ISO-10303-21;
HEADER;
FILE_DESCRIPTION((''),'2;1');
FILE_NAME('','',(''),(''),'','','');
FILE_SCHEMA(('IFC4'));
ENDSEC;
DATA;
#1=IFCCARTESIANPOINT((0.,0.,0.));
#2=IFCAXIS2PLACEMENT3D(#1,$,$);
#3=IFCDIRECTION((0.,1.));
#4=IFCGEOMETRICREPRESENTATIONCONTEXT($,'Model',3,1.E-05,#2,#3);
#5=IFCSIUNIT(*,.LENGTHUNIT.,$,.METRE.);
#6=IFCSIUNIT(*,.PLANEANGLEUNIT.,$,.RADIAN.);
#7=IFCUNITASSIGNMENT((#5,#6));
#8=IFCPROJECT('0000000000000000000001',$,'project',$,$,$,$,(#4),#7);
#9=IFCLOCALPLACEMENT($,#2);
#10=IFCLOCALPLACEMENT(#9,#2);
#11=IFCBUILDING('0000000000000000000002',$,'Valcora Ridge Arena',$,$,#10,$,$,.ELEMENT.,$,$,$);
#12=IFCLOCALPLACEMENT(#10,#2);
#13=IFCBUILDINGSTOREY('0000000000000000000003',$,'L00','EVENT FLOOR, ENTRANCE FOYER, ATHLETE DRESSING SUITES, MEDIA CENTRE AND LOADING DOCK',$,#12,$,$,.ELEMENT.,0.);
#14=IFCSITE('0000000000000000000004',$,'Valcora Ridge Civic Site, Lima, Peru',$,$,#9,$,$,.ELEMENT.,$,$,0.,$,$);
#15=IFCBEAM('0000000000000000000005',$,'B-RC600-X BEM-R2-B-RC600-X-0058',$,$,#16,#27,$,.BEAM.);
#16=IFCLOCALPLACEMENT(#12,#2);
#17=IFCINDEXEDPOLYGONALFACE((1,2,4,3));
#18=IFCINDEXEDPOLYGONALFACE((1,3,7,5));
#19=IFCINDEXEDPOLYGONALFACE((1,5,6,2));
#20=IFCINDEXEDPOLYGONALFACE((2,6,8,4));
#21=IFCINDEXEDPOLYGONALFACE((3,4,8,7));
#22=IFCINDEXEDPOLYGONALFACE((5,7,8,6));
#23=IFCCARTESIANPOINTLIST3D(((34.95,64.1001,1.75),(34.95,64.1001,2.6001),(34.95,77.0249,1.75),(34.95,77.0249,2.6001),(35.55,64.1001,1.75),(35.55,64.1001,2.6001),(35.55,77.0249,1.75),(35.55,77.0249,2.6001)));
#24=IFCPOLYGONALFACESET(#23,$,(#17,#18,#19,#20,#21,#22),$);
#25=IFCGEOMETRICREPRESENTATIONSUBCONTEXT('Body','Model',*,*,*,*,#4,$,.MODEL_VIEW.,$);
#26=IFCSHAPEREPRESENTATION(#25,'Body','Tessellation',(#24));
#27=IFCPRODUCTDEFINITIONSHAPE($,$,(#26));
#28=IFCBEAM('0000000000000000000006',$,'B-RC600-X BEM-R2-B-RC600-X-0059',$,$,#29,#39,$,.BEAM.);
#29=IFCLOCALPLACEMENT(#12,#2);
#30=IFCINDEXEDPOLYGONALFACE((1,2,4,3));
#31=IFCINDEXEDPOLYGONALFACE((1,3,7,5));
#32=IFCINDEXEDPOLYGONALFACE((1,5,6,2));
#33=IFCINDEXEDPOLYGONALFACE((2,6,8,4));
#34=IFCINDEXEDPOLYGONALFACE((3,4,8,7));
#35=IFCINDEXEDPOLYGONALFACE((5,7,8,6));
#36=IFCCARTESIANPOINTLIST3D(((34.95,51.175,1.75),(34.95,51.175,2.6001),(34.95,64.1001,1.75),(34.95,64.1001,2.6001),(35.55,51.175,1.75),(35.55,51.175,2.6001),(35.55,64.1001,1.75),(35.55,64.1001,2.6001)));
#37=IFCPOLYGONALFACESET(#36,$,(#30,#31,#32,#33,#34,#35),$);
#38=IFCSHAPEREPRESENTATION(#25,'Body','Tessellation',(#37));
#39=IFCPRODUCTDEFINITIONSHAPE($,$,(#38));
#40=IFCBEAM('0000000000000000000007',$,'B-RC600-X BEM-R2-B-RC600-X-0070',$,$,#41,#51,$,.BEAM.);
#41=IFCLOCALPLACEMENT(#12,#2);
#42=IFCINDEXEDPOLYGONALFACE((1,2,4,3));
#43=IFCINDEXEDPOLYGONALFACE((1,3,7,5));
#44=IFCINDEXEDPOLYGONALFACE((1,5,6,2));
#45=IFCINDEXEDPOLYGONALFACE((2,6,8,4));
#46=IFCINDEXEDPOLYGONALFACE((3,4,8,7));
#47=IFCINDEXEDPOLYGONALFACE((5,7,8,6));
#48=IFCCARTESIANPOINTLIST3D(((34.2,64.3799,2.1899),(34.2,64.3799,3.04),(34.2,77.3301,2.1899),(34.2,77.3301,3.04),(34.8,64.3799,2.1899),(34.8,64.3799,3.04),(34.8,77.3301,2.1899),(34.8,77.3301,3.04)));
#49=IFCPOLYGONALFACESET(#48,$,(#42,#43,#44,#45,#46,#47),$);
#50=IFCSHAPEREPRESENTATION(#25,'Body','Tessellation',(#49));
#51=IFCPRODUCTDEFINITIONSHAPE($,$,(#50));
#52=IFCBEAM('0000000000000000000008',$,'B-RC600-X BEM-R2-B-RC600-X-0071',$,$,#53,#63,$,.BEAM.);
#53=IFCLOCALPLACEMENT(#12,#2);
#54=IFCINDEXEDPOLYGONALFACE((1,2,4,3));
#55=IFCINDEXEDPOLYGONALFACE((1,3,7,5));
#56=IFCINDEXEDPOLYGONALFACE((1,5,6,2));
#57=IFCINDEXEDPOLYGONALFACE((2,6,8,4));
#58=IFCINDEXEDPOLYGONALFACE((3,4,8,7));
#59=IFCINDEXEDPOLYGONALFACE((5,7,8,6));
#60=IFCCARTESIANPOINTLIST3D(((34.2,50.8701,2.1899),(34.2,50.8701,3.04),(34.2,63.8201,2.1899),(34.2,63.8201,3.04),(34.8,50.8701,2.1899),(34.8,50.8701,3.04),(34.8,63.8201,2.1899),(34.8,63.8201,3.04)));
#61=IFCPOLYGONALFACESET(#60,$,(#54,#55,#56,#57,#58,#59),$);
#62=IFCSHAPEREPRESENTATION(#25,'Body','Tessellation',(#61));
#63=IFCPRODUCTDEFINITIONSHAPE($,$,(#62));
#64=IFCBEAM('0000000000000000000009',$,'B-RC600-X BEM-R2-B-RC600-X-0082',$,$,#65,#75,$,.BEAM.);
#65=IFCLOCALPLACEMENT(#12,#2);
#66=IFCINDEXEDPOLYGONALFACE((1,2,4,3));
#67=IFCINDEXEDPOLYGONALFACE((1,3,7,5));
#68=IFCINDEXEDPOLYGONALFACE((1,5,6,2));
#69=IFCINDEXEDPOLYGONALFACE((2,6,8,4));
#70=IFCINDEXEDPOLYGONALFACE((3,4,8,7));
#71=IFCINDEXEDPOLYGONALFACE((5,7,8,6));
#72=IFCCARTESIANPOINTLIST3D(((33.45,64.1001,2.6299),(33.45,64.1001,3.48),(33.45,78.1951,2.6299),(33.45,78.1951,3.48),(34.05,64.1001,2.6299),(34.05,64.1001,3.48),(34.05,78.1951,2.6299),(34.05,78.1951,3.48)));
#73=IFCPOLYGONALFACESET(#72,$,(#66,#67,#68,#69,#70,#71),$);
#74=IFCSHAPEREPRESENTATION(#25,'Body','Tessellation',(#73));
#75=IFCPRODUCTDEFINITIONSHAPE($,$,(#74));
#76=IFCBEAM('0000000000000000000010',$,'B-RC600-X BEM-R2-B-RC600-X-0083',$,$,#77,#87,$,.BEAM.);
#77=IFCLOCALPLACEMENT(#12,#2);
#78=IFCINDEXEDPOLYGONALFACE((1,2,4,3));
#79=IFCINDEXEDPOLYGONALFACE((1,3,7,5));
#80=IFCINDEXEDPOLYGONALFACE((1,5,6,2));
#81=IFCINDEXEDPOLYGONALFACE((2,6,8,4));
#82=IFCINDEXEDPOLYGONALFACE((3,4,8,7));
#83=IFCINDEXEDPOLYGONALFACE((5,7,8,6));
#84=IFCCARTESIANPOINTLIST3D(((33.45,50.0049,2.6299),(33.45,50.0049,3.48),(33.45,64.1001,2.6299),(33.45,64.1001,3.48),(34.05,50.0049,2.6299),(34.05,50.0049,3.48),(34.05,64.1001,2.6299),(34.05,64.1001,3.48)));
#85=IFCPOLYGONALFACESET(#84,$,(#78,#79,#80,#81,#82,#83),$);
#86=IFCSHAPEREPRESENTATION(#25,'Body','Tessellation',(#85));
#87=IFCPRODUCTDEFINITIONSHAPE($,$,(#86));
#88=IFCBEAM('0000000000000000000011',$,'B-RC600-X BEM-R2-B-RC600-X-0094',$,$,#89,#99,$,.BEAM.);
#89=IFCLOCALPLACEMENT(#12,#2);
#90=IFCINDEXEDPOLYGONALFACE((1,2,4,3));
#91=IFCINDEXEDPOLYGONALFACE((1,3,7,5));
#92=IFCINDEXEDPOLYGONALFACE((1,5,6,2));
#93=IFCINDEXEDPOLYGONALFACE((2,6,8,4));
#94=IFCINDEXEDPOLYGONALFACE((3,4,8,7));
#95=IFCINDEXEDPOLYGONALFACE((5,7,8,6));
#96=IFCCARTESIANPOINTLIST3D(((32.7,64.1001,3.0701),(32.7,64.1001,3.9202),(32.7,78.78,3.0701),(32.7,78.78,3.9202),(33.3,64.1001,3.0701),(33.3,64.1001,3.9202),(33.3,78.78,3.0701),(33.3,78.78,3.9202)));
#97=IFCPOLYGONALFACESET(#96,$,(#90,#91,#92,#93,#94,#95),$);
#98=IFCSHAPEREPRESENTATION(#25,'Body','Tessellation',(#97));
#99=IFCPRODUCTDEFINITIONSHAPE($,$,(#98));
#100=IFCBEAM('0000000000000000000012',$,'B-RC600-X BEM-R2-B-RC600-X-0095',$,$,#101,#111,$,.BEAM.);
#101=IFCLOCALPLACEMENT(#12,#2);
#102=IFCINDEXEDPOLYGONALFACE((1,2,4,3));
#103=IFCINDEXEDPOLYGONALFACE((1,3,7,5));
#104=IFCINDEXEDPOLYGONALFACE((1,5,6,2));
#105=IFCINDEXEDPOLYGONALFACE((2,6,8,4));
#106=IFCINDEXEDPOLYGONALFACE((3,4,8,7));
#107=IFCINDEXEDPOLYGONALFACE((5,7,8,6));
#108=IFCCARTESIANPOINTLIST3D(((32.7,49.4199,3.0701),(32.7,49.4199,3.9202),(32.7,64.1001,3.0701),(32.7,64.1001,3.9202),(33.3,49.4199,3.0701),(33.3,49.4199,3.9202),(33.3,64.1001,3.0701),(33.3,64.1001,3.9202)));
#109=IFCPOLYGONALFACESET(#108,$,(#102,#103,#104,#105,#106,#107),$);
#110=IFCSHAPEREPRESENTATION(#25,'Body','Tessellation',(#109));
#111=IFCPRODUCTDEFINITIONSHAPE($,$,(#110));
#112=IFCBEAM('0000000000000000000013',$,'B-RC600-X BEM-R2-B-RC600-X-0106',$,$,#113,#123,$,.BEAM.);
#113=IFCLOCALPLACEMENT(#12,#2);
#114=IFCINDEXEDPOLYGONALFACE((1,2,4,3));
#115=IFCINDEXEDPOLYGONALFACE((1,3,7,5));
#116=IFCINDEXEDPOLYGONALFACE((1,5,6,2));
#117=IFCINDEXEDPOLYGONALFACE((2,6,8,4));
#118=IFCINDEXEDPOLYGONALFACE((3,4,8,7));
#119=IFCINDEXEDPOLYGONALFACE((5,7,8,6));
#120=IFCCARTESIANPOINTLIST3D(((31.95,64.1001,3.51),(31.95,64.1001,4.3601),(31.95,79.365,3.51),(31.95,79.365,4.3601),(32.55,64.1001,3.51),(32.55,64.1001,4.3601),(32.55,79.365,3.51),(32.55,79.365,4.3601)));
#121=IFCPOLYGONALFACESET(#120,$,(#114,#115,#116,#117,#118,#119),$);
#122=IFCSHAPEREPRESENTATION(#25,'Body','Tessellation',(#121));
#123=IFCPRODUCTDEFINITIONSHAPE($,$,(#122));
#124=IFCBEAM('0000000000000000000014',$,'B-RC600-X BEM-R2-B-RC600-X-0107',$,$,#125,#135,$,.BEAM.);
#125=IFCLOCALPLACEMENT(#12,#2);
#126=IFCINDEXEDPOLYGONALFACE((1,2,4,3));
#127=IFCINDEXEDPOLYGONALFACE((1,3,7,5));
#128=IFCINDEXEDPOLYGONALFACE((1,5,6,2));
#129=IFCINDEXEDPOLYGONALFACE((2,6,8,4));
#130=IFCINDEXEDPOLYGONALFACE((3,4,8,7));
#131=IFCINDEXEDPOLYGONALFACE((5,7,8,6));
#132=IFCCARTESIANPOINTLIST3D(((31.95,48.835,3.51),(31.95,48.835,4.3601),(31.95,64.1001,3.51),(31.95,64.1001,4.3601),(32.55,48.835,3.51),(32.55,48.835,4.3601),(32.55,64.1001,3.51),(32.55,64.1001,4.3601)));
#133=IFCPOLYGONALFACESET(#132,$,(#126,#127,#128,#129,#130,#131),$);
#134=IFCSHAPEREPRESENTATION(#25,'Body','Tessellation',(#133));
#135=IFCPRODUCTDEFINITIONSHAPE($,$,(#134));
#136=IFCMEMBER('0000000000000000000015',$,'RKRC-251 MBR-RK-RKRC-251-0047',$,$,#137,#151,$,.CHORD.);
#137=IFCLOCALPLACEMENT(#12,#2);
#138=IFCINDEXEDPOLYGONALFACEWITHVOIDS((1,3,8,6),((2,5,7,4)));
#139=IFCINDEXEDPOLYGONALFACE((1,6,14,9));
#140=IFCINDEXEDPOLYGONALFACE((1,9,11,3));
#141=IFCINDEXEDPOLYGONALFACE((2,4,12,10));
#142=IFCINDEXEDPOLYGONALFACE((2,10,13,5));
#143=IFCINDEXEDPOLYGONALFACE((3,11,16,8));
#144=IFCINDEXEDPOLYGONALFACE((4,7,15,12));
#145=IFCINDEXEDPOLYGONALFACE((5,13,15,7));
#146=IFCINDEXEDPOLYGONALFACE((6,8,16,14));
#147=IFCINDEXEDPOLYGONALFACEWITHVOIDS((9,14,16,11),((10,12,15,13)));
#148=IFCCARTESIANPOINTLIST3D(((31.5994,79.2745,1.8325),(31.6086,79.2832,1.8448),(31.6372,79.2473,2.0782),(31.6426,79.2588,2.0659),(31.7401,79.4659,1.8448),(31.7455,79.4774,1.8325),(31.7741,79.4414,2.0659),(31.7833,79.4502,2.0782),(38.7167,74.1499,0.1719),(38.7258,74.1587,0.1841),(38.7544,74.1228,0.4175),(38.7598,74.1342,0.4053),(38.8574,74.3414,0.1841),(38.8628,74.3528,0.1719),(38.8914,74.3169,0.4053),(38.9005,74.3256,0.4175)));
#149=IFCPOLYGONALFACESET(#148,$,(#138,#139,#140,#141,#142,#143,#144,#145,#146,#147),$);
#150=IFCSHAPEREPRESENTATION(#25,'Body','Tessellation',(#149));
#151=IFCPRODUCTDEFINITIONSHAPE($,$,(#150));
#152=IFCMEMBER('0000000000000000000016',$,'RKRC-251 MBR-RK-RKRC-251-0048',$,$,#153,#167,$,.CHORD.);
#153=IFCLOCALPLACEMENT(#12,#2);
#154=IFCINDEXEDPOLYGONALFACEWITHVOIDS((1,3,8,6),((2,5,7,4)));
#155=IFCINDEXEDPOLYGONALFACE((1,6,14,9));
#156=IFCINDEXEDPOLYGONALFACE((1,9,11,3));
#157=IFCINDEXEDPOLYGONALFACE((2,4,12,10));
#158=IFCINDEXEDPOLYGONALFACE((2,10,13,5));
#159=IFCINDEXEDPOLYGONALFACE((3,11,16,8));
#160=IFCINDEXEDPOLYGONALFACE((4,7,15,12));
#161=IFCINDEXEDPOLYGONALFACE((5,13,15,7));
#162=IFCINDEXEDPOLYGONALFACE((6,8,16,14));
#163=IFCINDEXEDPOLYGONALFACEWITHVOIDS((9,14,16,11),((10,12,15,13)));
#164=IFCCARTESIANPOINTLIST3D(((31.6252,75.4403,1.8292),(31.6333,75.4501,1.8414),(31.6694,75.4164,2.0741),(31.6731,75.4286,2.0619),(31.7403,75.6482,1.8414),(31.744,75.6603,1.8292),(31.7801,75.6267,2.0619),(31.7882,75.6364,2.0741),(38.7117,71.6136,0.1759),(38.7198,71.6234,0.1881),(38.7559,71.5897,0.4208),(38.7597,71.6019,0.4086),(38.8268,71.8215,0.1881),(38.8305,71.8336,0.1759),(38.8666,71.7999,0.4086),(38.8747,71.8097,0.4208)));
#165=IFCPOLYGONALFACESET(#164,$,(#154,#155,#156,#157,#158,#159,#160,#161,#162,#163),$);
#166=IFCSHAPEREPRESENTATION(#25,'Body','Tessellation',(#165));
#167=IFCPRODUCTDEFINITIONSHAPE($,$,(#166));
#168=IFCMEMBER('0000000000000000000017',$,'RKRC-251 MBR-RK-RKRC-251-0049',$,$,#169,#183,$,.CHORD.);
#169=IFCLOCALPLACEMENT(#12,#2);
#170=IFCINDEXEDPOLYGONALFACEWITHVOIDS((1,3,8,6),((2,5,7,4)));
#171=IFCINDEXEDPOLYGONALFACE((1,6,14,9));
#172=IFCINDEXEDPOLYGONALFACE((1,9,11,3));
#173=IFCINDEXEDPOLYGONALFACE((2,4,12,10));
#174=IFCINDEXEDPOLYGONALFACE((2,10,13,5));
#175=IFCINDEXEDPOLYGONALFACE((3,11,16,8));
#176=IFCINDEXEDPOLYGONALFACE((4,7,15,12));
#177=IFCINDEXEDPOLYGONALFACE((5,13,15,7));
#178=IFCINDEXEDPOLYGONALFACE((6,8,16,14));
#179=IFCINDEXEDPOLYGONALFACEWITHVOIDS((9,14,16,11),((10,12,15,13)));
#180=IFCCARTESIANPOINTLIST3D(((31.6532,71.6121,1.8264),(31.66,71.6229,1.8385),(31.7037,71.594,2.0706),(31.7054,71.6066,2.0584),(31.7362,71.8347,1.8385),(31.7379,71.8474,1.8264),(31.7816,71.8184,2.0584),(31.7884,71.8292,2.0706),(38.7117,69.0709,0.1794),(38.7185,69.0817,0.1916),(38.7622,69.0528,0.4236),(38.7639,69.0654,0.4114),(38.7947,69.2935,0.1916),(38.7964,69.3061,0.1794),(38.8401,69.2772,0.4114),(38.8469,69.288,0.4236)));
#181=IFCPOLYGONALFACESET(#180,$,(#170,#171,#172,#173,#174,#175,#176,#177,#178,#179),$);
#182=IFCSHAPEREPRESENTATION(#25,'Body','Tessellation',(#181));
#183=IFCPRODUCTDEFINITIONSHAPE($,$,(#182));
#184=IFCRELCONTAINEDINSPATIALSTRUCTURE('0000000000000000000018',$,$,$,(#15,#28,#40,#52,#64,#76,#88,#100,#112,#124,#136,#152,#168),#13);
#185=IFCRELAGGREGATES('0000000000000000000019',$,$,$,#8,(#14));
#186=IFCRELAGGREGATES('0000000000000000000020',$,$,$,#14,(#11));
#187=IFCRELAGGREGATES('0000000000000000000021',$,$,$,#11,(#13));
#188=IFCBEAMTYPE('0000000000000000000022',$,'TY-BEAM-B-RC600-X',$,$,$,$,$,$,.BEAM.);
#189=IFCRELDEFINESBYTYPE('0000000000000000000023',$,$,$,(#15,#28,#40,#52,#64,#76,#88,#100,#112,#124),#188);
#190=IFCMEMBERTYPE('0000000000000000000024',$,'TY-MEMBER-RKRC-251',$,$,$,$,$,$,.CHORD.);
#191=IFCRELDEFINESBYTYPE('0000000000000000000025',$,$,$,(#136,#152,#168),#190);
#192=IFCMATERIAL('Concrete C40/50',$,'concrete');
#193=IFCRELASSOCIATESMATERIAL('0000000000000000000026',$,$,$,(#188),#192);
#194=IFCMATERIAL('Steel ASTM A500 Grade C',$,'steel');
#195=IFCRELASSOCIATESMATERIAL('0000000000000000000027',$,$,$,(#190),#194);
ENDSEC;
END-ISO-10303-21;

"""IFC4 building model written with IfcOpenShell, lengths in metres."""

from ifc_helpers import new_model, si_unit, direction, frame, origin, origin_2d, place, context, subcontext, project, spatial, rectangle, hollow_rectangle, extrude, material, material_profile, profile_set, type_object, element, save


model = new_model("IFC4")

# Units and contexts
model_context = context("Model", 3, precision=1e-05, world=origin(), true_north=direction((0.0, 1.0)))
body_context = subcontext(model_context, "Body", "Model", "MODEL_VIEW")
ifc_project = project(units=[si_unit("LENGTHUNIT", "METRE"), si_unit("PLANEANGLEUNIT", "RADIAN")], contexts=[model_context])

# Site, building, storey
site_placement = place(None, origin())
site = spatial("IfcSite", under=ifc_project, at=site_placement, Name="Valcora Ridge Civic Site, Lima, Peru", CompositionType="ELEMENT", RefElevation=0.0)
building_placement = place(site_placement, origin())
building = spatial("IfcBuilding", under=site, at=building_placement, Name="Valcora Ridge Arena", CompositionType="ELEMENT")
storey_placement = place(building_placement, origin())
storey = spatial("IfcBuildingStorey", under=building, at=storey_placement, Name="L00", Description="EVENT FLOOR, ENTRANCE FOYER, ATHLETE DRESSING SUITES, MEDIA CENTRE AND LOADING DOCK", CompositionType="ELEMENT", Elevation=0.0)

# Shared definitions
ifc_material_1 = material(Name="Concrete C40/50", Category="concrete")

# Beams
ifc_material_profile_1 = material_profile(ifc_material_1, rectangle(XDim=0.6001, YDim=0.8501, at=origin_2d()), Name="RC 600x850")
ifc_profile_set_1 = profile_set([ifc_material_profile_1], Name="Concrete C40/50")
beam_type = type_object("IfcBeamType", Name="TY-BEAM-B-RC600-X", PredefinedType="BEAM", material=ifc_profile_set_1)
beam_1_placement = place(storey_placement, frame((35.25, 77.0249, 2.175), z_axis=(0.0, -1.0, 0.0), x_axis=(1.0, 0.0, 0.0)))
element("IfcBeam", 1, at=beam_1_placement, inside=storey, type_object=beam_type, Name="B-RC600-X BEM-R2-B-RC600-X-0058", PredefinedType="BEAM", context=body_context, shape_type="SweptSolid", body=[
    extrude(rectangle(XDim=0.6001, YDim=0.8501, at=origin_2d()), origin(), (0.0, 0.0, 1.0), 12.9248),
])
beam_2_placement = place(storey_placement, frame((35.25, 64.1001, 2.175), z_axis=(0.0, -1.0, 0.0), x_axis=(1.0, 0.0, 0.0)))
element("IfcBeam", 2, at=beam_2_placement, inside=storey, type_object=beam_type, Name="B-RC600-X BEM-R2-B-RC600-X-0059", PredefinedType="BEAM", context=body_context, shape_type="SweptSolid", body=[
    extrude(rectangle(XDim=0.6001, YDim=0.8501, at=origin_2d()), origin(), (0.0, 0.0, 1.0), 12.925),
])
beam_3_placement = place(storey_placement, frame((34.5, 77.3301, 2.615), z_axis=(0.0, -1.0, 0.0), x_axis=(1.0, 0.0, 0.0)))
element("IfcBeam", 3, at=beam_3_placement, inside=storey, type_object=beam_type, Name="B-RC600-X BEM-R2-B-RC600-X-0070", PredefinedType="BEAM", context=body_context, shape_type="SweptSolid", body=[
    extrude(rectangle(XDim=0.6001, YDim=0.8501, at=origin_2d()), origin(), (0.0, 0.0, 1.0), 12.9502),
])
beam_4_placement = place(storey_placement, frame((34.5, 63.8201, 2.615), z_axis=(0.0, -1.0, 0.0), x_axis=(1.0, 0.0, 0.0)))
element("IfcBeam", 4, at=beam_4_placement, inside=storey, type_object=beam_type, Name="B-RC600-X BEM-R2-B-RC600-X-0071", PredefinedType="BEAM", context=body_context, shape_type="SweptSolid", body=[
    extrude(rectangle(XDim=0.6001, YDim=0.8501, at=origin_2d()), origin(), (0.0, 0.0, 1.0), 12.95),
])
beam_5_placement = place(storey_placement, frame((33.75, 78.1951, 3.0549), z_axis=(0.0, -1.0, 0.0), x_axis=(1.0, 0.0, 0.0)))
element("IfcBeam", 5, at=beam_5_placement, inside=storey, type_object=beam_type, Name="B-RC600-X BEM-R2-B-RC600-X-0082", PredefinedType="BEAM", context=body_context, shape_type="SweptSolid", body=[
    extrude(rectangle(XDim=0.6001, YDim=0.8501, at=origin_2d()), origin(), (0.0, 0.0, 1.0), 14.095),
])
beam_6_placement = place(storey_placement, frame((33.75, 64.1001, 3.0549), z_axis=(0.0, -1.0, 0.0), x_axis=(1.0, 0.0, 0.0)))
element("IfcBeam", 6, at=beam_6_placement, inside=storey, type_object=beam_type, Name="B-RC600-X BEM-R2-B-RC600-X-0083", PredefinedType="BEAM", context=body_context, shape_type="SweptSolid", body=[
    extrude(rectangle(XDim=0.6001, YDim=0.8501, at=origin_2d()), origin(), (0.0, 0.0, 1.0), 14.0952),
])
beam_7_placement = place(storey_placement, frame((33.0, 78.78, 3.4951), z_axis=(0.0, -1.0, 0.0), x_axis=(1.0, 0.0, 0.0)))
element("IfcBeam", 7, at=beam_7_placement, inside=storey, type_object=beam_type, Name="B-RC600-X BEM-R2-B-RC600-X-0094", PredefinedType="BEAM", context=body_context, shape_type="SweptSolid", body=[
    extrude(rectangle(XDim=0.6001, YDim=0.8501, at=origin_2d()), origin(), (0.0, 0.0, 1.0), 14.6799),
])
beam_8_placement = place(storey_placement, frame((33.0, 64.1001, 3.4951), z_axis=(0.0, -1.0, 0.0), x_axis=(1.0, 0.0, 0.0)))
element("IfcBeam", 8, at=beam_8_placement, inside=storey, type_object=beam_type, Name="B-RC600-X BEM-R2-B-RC600-X-0095", PredefinedType="BEAM", context=body_context, shape_type="SweptSolid", body=[
    extrude(rectangle(XDim=0.6001, YDim=0.8501, at=origin_2d()), origin(), (0.0, 0.0, 1.0), 14.6802),
])
beam_9_placement = place(storey_placement, frame((32.25, 79.365, 3.9351), z_axis=(0.0, -1.0, 0.0), x_axis=(1.0, 0.0, 0.0)))
element("IfcBeam", 9, at=beam_9_placement, inside=storey, type_object=beam_type, Name="B-RC600-X BEM-R2-B-RC600-X-0106", PredefinedType="BEAM", context=body_context, shape_type="SweptSolid", body=[
    extrude(rectangle(XDim=0.6001, YDim=0.8501, at=origin_2d()), origin(), (0.0, 0.0, 1.0), 15.2649),
])
beam_10_placement = place(storey_placement, frame((32.25, 64.1001, 3.9351), z_axis=(0.0, -1.0, 0.0), x_axis=(1.0, 0.0, 0.0)))
element("IfcBeam", 10, at=beam_10_placement, inside=storey, type_object=beam_type, Name="B-RC600-X BEM-R2-B-RC600-X-0107", PredefinedType="BEAM", context=body_context, shape_type="SweptSolid", body=[
    extrude(rectangle(XDim=0.6001, YDim=0.8501, at=origin_2d()), origin(), (0.0, 0.0, 1.0), 15.2651),
])

# Members
ifc_material_2 = material(Name="Steel ASTM A500 Grade C", Category="steel")
ifc_material_profile_2 = material_profile(ifc_material_2, hollow_rectangle(XDim=0.25, YDim=0.25, WallThickness=0.0125, at=origin_2d()), Name="HSS250X250X12")
ifc_profile_set_2 = profile_set([ifc_material_profile_2], Name="Steel ASTM A500 Grade C")
member_type_1 = type_object("IfcMemberType", Name="TY-MEMBER-RKRC-251", PredefinedType="CHORD", material=ifc_profile_set_2)
member_1_placement = place(storey_placement, frame((38.8086, 74.2378, 0.2947), z_axis=(-0.797358, 0.574113, 0.186047), x_axis=(-0.584315, -0.811527, 0.0)))
element("IfcMember", 11, at=member_1_placement, inside=storey, type_object=member_type_1, Name="RKRC-251 MBR-RK-RKRC-251-0047", PredefinedType="CHORD", context=body_context, shape_type="SweptSolid", body=[
    extrude(hollow_rectangle(XDim=0.25, YDim=0.25, WallThickness=0.0125, at=origin_2d()), origin(), (0.0, 0.0, 1.0), 8.926),
])
member_2_placement = place(storey_placement, frame((38.7932, 71.7117, 0.2983), z_axis=(-0.861931, 0.465441, 0.201095), x_axis=(-0.475148, -0.879906, 0.0)))
element("IfcMember", 12, at=member_2_placement, inside=storey, type_object=member_type_1, Name="RKRC-251 MBR-RK-RKRC-251-0048", PredefinedType="CHORD", context=body_context, shape_type="SweptSolid", body=[
    extrude(hollow_rectangle(XDim=0.25, YDim=0.25, WallThickness=0.0125, at=origin_2d()), origin(), (0.0, 0.0, 1.0), 8.2217),
])
member_3_placement = place(storey_placement, frame((38.7793, 69.1794, 0.3015), z_axis=(-0.918995, 0.33086, 0.214428), x_axis=(-0.338739, -0.94088, 0.0)))
element("IfcMember", 13, at=member_3_placement, inside=storey, type_object=member_type_1, Name="RKRC-251 MBR-RK-RKRC-251-0049", PredefinedType="CHORD", context=body_context, shape_type="SweptSolid", body=[
    extrude(hollow_rectangle(XDim=0.25, YDim=0.25, WallThickness=0.0125, at=origin_2d()), origin(), (0.0, 0.0, 1.0), 7.6807),
])

save(model, "model.ifc")
